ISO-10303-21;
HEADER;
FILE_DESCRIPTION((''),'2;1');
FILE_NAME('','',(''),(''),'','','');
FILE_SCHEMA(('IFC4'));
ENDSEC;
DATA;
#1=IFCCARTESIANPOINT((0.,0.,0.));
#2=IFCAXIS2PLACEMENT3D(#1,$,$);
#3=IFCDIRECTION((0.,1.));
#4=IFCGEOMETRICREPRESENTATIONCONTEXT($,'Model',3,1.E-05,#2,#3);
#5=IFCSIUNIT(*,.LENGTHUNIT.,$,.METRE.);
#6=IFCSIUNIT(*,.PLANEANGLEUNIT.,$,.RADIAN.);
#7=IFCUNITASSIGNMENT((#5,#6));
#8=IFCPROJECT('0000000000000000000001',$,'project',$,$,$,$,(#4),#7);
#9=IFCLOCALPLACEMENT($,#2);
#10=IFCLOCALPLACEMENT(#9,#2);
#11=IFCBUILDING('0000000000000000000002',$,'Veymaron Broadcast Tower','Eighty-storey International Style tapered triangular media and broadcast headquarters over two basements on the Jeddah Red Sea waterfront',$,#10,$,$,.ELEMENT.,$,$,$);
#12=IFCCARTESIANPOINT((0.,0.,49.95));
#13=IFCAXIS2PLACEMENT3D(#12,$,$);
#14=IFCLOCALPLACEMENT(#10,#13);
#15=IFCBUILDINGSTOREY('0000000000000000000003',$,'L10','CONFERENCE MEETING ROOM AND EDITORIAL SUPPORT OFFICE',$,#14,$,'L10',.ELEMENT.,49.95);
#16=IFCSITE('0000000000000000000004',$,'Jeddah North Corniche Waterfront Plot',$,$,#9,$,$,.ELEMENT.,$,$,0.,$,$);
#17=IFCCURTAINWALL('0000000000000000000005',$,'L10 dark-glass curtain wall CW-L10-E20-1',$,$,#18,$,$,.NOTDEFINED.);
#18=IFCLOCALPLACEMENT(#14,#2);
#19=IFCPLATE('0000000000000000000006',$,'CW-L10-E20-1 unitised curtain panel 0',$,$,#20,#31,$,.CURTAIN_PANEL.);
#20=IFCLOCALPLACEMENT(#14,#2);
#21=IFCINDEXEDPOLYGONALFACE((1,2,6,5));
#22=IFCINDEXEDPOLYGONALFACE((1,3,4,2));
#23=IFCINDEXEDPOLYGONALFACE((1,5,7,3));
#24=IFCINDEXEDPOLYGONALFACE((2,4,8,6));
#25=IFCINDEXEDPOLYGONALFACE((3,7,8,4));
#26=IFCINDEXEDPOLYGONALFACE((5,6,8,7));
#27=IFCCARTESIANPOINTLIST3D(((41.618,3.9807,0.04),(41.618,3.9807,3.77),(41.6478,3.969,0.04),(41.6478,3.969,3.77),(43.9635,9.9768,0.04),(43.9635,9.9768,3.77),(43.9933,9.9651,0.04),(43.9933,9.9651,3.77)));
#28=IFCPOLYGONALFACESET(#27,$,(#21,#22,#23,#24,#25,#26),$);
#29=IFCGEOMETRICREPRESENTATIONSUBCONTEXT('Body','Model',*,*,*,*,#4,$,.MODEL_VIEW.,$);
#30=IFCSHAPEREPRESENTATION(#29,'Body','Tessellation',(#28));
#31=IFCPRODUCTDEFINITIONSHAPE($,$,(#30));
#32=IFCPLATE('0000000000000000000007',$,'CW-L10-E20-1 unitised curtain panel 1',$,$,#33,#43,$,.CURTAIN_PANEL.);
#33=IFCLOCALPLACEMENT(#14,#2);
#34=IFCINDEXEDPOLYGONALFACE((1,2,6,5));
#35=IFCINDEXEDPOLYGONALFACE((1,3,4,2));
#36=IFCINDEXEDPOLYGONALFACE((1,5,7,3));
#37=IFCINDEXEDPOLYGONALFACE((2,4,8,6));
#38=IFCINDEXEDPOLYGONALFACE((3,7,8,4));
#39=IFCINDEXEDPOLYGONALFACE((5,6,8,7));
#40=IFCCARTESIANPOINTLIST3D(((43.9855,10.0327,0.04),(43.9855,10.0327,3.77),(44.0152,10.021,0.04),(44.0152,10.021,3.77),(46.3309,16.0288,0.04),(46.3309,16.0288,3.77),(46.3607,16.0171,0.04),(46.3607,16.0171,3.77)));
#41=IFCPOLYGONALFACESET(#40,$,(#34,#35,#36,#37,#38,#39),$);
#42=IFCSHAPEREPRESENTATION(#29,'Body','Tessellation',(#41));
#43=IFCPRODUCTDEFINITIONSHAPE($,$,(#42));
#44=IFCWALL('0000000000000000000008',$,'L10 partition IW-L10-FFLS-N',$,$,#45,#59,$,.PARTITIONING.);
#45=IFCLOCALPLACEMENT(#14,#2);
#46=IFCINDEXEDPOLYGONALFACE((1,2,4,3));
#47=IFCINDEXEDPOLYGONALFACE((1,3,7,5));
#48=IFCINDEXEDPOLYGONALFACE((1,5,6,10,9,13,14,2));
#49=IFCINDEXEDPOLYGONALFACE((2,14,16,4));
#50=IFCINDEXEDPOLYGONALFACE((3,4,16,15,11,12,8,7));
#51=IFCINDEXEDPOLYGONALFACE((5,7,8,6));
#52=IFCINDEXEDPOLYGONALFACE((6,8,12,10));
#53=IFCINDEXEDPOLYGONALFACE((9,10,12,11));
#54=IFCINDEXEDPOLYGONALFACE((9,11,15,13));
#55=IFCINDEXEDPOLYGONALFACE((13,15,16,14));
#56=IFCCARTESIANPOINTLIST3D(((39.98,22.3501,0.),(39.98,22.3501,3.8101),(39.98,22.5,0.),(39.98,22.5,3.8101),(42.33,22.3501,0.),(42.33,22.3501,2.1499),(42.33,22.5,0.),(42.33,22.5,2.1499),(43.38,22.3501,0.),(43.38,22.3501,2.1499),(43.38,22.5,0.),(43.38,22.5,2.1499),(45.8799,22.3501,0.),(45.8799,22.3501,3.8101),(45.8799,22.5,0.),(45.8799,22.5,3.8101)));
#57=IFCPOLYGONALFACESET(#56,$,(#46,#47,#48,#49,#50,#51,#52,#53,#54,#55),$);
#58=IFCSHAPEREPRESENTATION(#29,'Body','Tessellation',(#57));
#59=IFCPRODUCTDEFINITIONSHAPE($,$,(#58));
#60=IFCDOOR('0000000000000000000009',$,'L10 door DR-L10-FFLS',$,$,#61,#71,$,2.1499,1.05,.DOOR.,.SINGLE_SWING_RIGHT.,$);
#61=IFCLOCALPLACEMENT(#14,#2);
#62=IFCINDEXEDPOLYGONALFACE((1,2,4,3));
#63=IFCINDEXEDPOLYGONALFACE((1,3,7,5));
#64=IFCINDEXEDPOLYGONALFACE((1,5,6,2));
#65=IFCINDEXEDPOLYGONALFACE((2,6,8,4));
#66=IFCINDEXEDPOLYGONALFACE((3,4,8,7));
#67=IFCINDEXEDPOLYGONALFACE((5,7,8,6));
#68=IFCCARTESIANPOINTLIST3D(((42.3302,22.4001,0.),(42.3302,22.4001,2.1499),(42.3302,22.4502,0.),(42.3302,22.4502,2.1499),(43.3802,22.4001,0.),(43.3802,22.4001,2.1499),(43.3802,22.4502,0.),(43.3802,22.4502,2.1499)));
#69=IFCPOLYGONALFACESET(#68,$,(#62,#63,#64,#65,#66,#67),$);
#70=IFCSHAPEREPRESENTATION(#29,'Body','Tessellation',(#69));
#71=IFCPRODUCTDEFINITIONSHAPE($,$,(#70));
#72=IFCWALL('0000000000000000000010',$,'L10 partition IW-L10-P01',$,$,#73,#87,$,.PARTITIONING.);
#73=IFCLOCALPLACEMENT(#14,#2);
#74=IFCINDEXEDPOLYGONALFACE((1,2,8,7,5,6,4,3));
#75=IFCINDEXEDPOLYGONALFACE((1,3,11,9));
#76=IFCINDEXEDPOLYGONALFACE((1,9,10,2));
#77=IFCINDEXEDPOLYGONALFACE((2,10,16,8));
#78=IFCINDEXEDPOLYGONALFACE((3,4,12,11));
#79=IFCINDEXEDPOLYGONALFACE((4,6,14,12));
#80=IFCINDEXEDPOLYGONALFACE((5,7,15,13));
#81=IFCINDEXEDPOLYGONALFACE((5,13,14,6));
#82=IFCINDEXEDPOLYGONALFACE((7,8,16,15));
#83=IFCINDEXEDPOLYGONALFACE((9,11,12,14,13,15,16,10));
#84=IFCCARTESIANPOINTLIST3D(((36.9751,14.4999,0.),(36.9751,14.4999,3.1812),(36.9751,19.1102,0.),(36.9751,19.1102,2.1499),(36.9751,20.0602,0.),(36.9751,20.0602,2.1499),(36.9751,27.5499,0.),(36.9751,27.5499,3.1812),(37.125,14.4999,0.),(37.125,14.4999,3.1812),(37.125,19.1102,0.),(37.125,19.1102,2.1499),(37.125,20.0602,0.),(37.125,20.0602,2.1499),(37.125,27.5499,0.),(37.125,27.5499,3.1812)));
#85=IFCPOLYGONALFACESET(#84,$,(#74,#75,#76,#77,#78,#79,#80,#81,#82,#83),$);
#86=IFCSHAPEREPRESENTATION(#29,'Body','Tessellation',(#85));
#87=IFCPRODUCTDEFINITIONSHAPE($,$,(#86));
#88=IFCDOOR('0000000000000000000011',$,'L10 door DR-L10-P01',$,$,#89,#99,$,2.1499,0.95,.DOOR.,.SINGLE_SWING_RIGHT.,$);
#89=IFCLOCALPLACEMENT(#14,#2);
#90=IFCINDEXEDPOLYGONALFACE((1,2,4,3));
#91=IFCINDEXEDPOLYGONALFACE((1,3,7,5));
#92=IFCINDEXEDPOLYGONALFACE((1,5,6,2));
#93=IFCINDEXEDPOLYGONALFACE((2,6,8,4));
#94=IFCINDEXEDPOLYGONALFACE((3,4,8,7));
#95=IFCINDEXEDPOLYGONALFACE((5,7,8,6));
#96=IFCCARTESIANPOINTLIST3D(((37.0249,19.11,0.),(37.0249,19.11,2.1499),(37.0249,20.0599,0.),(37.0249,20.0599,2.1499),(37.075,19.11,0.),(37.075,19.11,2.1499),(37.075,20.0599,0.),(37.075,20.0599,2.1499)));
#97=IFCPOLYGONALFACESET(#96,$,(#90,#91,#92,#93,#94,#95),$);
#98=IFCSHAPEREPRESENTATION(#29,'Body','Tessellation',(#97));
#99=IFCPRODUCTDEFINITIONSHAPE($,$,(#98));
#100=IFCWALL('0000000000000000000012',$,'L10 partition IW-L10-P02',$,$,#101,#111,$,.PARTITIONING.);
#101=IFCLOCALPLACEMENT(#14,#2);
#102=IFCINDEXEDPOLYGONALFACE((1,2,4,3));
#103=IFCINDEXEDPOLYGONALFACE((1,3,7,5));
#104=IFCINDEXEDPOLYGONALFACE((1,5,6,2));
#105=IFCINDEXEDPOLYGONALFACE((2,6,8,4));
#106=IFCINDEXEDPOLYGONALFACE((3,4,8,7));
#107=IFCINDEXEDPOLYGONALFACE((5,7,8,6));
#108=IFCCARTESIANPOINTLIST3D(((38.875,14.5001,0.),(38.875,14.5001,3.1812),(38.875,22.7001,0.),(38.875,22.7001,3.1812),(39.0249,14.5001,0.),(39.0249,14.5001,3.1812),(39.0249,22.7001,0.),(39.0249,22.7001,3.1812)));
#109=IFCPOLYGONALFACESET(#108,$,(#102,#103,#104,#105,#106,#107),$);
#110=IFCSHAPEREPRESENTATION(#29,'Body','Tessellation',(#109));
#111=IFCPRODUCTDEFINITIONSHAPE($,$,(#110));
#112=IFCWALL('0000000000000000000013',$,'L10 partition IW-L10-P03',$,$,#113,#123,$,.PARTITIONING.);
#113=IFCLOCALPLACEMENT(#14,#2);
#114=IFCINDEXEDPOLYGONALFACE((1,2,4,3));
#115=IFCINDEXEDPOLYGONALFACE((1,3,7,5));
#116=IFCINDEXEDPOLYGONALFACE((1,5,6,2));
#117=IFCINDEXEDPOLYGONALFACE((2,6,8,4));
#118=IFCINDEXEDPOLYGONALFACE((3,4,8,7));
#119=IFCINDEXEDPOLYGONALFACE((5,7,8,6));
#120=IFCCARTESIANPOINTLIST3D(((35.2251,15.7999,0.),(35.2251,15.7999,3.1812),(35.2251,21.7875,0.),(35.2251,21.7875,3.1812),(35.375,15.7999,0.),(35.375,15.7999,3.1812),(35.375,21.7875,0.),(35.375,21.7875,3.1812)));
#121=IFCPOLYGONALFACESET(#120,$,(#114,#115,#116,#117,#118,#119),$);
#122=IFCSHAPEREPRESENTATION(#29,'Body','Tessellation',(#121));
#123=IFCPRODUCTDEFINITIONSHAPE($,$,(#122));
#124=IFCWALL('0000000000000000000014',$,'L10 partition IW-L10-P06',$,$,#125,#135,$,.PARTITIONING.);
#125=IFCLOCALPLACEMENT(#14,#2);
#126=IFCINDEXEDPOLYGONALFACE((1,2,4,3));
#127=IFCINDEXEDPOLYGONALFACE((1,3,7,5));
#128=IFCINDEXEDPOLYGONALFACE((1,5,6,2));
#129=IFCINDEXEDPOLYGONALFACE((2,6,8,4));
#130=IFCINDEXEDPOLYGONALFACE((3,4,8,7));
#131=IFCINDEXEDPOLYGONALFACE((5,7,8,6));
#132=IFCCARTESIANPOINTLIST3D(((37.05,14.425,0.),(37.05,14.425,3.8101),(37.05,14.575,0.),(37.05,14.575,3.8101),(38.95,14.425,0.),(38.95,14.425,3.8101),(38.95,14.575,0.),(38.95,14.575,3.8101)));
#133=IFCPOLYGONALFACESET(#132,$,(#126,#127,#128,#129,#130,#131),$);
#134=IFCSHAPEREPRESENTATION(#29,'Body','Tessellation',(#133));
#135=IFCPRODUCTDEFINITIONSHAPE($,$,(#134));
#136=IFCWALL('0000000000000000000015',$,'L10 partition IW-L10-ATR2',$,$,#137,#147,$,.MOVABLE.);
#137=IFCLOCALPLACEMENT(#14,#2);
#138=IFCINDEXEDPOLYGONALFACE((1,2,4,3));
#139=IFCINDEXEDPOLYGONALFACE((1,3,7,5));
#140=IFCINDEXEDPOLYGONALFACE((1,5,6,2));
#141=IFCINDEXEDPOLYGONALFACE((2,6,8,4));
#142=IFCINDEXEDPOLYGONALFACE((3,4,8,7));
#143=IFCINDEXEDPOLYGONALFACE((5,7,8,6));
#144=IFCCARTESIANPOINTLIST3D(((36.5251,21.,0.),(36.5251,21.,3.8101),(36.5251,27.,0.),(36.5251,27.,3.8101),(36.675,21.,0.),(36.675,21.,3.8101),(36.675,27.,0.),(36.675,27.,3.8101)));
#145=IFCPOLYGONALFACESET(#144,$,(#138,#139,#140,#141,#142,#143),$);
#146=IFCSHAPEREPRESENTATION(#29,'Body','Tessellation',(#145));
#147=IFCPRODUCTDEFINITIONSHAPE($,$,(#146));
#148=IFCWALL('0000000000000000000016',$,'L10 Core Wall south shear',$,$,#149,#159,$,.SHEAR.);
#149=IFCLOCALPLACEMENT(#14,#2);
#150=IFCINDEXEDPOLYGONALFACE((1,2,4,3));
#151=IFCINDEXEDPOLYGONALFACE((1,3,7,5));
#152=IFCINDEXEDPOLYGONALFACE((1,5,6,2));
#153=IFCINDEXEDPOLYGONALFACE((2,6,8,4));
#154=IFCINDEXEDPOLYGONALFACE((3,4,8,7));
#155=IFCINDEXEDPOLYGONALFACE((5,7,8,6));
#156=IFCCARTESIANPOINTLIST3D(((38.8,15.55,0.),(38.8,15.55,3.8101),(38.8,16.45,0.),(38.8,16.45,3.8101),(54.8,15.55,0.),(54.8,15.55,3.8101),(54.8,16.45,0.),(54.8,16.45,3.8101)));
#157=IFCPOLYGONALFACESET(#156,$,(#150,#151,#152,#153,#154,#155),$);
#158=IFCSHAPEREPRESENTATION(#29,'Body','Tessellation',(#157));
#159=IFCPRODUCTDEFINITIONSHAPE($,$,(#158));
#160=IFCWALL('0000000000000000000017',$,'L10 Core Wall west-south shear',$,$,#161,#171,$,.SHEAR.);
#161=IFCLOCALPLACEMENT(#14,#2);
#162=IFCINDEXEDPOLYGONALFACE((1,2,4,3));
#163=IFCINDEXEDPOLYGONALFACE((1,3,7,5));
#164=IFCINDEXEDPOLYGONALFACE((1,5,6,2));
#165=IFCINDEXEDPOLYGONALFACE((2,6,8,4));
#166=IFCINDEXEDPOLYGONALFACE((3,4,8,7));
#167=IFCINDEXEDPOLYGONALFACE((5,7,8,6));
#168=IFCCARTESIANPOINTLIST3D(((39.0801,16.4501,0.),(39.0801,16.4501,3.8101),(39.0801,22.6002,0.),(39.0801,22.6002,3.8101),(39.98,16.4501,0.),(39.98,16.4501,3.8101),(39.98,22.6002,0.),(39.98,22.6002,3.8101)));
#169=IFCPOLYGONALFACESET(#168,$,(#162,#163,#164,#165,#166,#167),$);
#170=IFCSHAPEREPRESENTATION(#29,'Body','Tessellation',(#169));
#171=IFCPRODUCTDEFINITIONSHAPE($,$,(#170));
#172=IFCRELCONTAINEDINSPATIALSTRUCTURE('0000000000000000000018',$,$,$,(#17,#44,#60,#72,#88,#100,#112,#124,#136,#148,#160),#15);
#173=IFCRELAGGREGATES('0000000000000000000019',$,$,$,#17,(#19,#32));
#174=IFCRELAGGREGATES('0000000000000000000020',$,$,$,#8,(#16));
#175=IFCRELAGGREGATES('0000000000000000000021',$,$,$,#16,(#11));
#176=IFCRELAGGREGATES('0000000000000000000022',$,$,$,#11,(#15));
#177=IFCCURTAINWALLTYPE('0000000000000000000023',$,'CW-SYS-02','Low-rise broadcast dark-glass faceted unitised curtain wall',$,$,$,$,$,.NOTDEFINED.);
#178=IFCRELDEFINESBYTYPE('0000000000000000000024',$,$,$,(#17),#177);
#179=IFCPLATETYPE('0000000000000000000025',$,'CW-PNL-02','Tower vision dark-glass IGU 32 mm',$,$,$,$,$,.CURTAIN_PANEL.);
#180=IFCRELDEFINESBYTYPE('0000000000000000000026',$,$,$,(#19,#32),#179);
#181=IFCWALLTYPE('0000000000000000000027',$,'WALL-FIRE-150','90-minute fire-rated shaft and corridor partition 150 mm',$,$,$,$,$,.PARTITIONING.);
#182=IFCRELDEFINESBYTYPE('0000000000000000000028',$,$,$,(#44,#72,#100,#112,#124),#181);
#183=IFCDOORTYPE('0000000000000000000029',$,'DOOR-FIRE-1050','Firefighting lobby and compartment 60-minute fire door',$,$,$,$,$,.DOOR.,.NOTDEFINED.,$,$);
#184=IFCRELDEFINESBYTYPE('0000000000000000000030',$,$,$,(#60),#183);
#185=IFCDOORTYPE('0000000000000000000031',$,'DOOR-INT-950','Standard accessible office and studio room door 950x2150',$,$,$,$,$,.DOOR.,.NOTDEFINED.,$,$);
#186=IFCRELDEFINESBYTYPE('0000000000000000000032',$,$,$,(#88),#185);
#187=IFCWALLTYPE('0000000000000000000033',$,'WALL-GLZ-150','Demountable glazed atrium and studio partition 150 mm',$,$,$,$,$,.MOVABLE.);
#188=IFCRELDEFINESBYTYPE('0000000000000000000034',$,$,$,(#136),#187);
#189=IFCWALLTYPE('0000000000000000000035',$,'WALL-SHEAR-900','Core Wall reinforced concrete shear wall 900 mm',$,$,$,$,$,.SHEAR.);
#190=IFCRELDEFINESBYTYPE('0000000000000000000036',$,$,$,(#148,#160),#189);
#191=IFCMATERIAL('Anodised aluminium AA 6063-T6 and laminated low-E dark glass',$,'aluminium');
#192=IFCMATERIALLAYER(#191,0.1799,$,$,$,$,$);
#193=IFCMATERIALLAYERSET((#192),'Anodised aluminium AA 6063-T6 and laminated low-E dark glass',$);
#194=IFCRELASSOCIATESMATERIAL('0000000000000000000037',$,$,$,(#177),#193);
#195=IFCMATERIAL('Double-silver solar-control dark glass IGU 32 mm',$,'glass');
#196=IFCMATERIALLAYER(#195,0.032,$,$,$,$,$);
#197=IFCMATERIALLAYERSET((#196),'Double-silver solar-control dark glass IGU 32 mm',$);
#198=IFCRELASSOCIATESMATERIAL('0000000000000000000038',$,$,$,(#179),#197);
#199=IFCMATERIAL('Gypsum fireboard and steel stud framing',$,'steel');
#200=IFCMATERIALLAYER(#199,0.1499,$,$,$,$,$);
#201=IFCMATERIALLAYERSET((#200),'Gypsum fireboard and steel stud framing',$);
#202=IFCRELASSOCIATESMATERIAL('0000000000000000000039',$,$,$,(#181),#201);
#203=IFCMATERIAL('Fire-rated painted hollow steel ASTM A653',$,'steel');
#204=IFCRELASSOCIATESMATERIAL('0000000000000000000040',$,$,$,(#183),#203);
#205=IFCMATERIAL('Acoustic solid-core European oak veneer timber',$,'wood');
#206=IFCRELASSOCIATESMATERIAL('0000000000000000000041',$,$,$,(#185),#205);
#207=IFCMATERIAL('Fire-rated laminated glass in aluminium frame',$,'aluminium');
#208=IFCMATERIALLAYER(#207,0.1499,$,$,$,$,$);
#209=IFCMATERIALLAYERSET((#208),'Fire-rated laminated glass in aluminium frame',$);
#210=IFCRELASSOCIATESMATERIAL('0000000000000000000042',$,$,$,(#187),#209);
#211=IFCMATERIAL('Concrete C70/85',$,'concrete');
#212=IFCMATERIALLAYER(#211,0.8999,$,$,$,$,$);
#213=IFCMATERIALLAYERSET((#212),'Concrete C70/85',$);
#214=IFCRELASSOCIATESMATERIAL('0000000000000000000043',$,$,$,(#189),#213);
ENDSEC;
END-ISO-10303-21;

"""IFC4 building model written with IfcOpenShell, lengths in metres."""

from ifc_helpers import new_model, si_unit, direction, frame, frame_2d, origin, origin_2d, place, context, subcontext, project, spatial, rectangle, extrude, material, layer, layer_set, type_object, element, fill, aggregate, save


model = new_model("IFC4")

# Units and contexts
model_context = context("Model", 3, precision=1e-05, world=origin(), true_north=direction((0.0, 1.0)))
body_context = subcontext(model_context, "Body", "Model", "MODEL_VIEW")
ifc_project = project(units=[si_unit("LENGTHUNIT", "METRE"), si_unit("PLANEANGLEUNIT", "RADIAN")], contexts=[model_context])

# Site, building, storey
site_placement = place(None, origin())
site = spatial("IfcSite", under=ifc_project, at=site_placement, Name="Jeddah North Corniche Waterfront Plot", CompositionType="ELEMENT", RefElevation=0.0)
building_placement = place(site_placement, origin())
building = spatial("IfcBuilding", under=site, at=building_placement, Name="Veymaron Broadcast Tower", Description="Eighty-storey International Style tapered triangular media and broadcast headquarters over two basements on the Jeddah Red Sea waterfront", CompositionType="ELEMENT")
storey_placement = place(building_placement, frame((0.0, 0.0, 49.95)))
storey = spatial("IfcBuildingStorey", under=building, at=storey_placement, Name="L10", Description="CONFERENCE MEETING ROOM AND EDITORIAL SUPPORT OFFICE", LongName="L10", CompositionType="ELEMENT", Elevation=49.95)

# Shared definitions
ifc_material_1 = material(Name="Concrete C70/85", Category="concrete")

# Curtain wall, plates
ifc_material_2 = material(Name="Anodised aluminium AA 6063-T6 and laminated low-E dark glass", Category="aluminium")
ifc_layer_1 = layer(ifc_material_2, 0.1799)
ifc_layer_set_1 = layer_set([ifc_layer_1], Name="Anodised aluminium AA 6063-T6 and laminated low-E dark glass")
curtain_wall_type = type_object("IfcCurtainWallType", Name="CW-SYS-02", Description="Low-rise broadcast dark-glass faceted unitised curtain wall", PredefinedType="NOTDEFINED", material=ifc_layer_set_1)
curtain_wall_placement = place(storey_placement, origin())
curtain_wall = element("IfcCurtainWall", 1, at=curtain_wall_placement, inside=storey, type_object=curtain_wall_type, Name="L10 dark-glass curtain wall CW-L10-E20-1", PredefinedType="NOTDEFINED")
ifc_material_3 = material(Name="Double-silver solar-control dark glass IGU 32 mm", Category="glass")
ifc_layer_2 = layer(ifc_material_3, 0.032)
ifc_layer_set_2 = layer_set([ifc_layer_2], Name="Double-silver solar-control dark glass IGU 32 mm")
plate_type = type_object("IfcPlateType", Name="CW-PNL-02", Description="Tower vision dark-glass IGU 32 mm", PredefinedType="CURTAIN_PANEL", material=ifc_layer_set_2)
plate_1_placement = place(storey_placement, frame((42.8057, 6.9729, 0.04), z_axis=(0.0, 0.0, 1.0), x_axis=(0.364292, 0.931285, 0.0)))
plate_1 = element("IfcPlate", 2, at=plate_1_placement, type_object=plate_type, Name="CW-L10-E20-1 unitised curtain panel 0", PredefinedType="CURTAIN_PANEL", context=body_context, shape_type="SweptSolid", body=[
    extrude(rectangle(XDim=6.4385, YDim=0.032, at=origin_2d()), origin(), (0.0, 0.0, 1.0), 3.73),
])
plate_2_placement = place(storey_placement, frame((45.1731, 13.0249, 0.04), z_axis=(0.0, 0.0, 1.0), x_axis=(0.364292, 0.931285, 0.0)))
plate_2 = element("IfcPlate", 3, at=plate_2_placement, type_object=plate_type, Name="CW-L10-E20-1 unitised curtain panel 1", PredefinedType="CURTAIN_PANEL", context=body_context, shape_type="SweptSolid", body=[
    extrude(rectangle(XDim=6.4385, YDim=0.032, at=origin_2d()), origin(), (0.0, 0.0, 1.0), 3.73),
])
aggregate(curtain_wall, [plate_1, plate_2])

# Walls, openings, doors
ifc_material_4 = material(Name="Gypsum fireboard and steel stud framing", Category="steel")
ifc_layer_3 = layer(ifc_material_4, 0.1499)
ifc_layer_set_3 = layer_set([ifc_layer_3], Name="Gypsum fireboard and steel stud framing")
wall_type_1 = type_object("IfcWallType", Name="WALL-FIRE-150", Description="90-minute fire-rated shaft and corridor partition 150 mm", PredefinedType="PARTITIONING", material=ifc_layer_set_3)
wall_1_placement = place(storey_placement, frame((39.98, 22.425, 0.0), z_axis=(0.0, 0.0, 1.0), x_axis=(1.0, 0.0, 0.0)))
wall_1 = element("IfcWall", 4, at=wall_1_placement, inside=storey, type_object=wall_type_1, Name="L10 partition IW-L10-FFLS-N", PredefinedType="PARTITIONING", context=body_context, shape_type="SweptSolid", body=[
    extrude(rectangle(XDim=5.8999, YDim=0.1499, at=frame_2d((2.95, 0.0))), origin(), (0.0, 0.0, 1.0), 3.8101),
])
opening_1_placement = place(wall_1_placement, frame((2.3501, 0.0, 0.0)))
opening_1 = element("IfcOpeningElement", 5, at=opening_1_placement, cuts=wall_1, PredefinedType="OPENING", context=body_context, shape_type="SweptSolid", body=[
    extrude(rectangle(XDim=1.05, YDim=2.1499, at=frame_2d((0.5249, 1.075))), frame((0.0, 0.085, 0.0), z_axis=(0.0, -1.0, 0.0), x_axis=(1.0, 0.0, 0.0)), (0.0, 0.0, 1.0), 0.1699),
])
ifc_material_5 = material(Name="Fire-rated painted hollow steel ASTM A653", Category="steel")
door_type_1 = type_object("IfcDoorType", Name="DOOR-FIRE-1050", Description="Firefighting lobby and compartment 60-minute fire door", OperationType="NOTDEFINED", PredefinedType="DOOR", material=ifc_material_5)
door_1_placement = place(opening_1_placement, frame((1.05, 0.0, 0.0), z_axis=(0.0, 0.0, 1.0), x_axis=(-1.0, 0.0, 0.0)))
door_1 = element("IfcDoor", 6, at=door_1_placement, inside=storey, type_object=door_type_1, Name="L10 door DR-L10-FFLS", OperationType="SINGLE_SWING_RIGHT", OverallHeight=2.1499, OverallWidth=1.05, PredefinedType="DOOR", context=body_context, shape_type="SweptSolid", body=[
    extrude(rectangle(XDim=1.05, YDim=2.1499, at=frame_2d((0.5249, 1.075))), frame((0.0, 0.0249, 0.0), z_axis=(0.0, -1.0, 0.0), x_axis=(1.0, 0.0, 0.0)), (0.0, 0.0, 1.0), 0.05),
])
fill(opening_1, door_1)
wall_2_placement = place(storey_placement, frame((37.05, 14.5, 0.0), z_axis=(0.0, 0.0, 1.0), x_axis=(0.0, 1.0, 0.0)))
wall_2 = element("IfcWall", 7, at=wall_2_placement, inside=storey, type_object=wall_type_1, Name="L10 partition IW-L10-P01", PredefinedType="PARTITIONING", context=body_context, shape_type="SweptSolid", body=[
    extrude(rectangle(XDim=13.05, YDim=0.1499, at=frame_2d((6.5249, 0.0))), origin(), (0.0, 0.0, 1.0), 3.1812),
])
opening_2_placement = place(wall_2_placement, frame((4.6101, 0.0, 0.0)))
opening_2 = element("IfcOpeningElement", 8, at=opening_2_placement, cuts=wall_2, PredefinedType="OPENING", context=body_context, shape_type="SweptSolid", body=[
    extrude(rectangle(XDim=0.95, YDim=2.1499, at=frame_2d((0.4751, 1.075))), frame((0.0, 0.085, 0.0), z_axis=(0.0, -1.0, 0.0), x_axis=(1.0, 0.0, 0.0)), (0.0, 0.0, 1.0), 0.1699),
])
ifc_material_6 = material(Name="Acoustic solid-core European oak veneer timber", Category="wood")
door_type_2 = type_object("IfcDoorType", Name="DOOR-INT-950", Description="Standard accessible office and studio room door 950x2150", OperationType="NOTDEFINED", PredefinedType="DOOR", material=ifc_material_6)
door_2_placement = place(opening_2_placement, frame((0.95, 0.0, 0.0), z_axis=(0.0, 0.0, 1.0), x_axis=(-1.0, 0.0, 0.0)))
door_2 = element("IfcDoor", 9, at=door_2_placement, inside=storey, type_object=door_type_2, Name="L10 door DR-L10-P01", OperationType="SINGLE_SWING_RIGHT", OverallHeight=2.1499, OverallWidth=0.95, PredefinedType="DOOR", context=body_context, shape_type="SweptSolid", body=[
    extrude(rectangle(XDim=0.95, YDim=2.1499, at=frame_2d((0.4751, 1.075))), frame((0.0, 0.0249, 0.0), z_axis=(0.0, -1.0, 0.0), x_axis=(1.0, 0.0, 0.0)), (0.0, 0.0, 1.0), 0.05),
])
fill(opening_2, door_2)

# Walls
wall_3_placement = place(storey_placement, frame((38.95, 14.5, 0.0), z_axis=(0.0, 0.0, 1.0), x_axis=(0.0, 1.0, 0.0)))
element("IfcWall", 10, at=wall_3_placement, inside=storey, type_object=wall_type_1, Name="L10 partition IW-L10-P02", PredefinedType="PARTITIONING", context=body_context, shape_type="SweptSolid", body=[
    extrude(rectangle(XDim=8.2, YDim=0.1499, at=frame_2d((4.1001, 0.0))), origin(), (0.0, 0.0, 1.0), 3.1812),
])
wall_4_placement = place(storey_placement, frame((35.3, 15.8, 0.0), z_axis=(0.0, 0.0, 1.0), x_axis=(0.0, 1.0, 0.0)))
element("IfcWall", 11, at=wall_4_placement, inside=storey, type_object=wall_type_1, Name="L10 partition IW-L10-P03", PredefinedType="PARTITIONING", context=body_context, shape_type="SweptSolid", body=[
    extrude(rectangle(XDim=5.9875, YDim=0.1499, at=frame_2d((2.9937, 0.0))), origin(), (0.0, 0.0, 1.0), 3.1812),
])
wall_5_placement = place(storey_placement, frame((37.05, 14.5, 0.0), z_axis=(0.0, 0.0, 1.0), x_axis=(1.0, 0.0, 0.0)))
element("IfcWall", 12, at=wall_5_placement, inside=storey, type_object=wall_type_1, Name="L10 partition IW-L10-P06", PredefinedType="PARTITIONING", context=body_context, shape_type="SweptSolid", body=[
    extrude(rectangle(XDim=1.8999, YDim=0.1499, at=frame_2d((0.95, 0.0))), origin(), (0.0, 0.0, 1.0), 3.8101),
])
ifc_material_7 = material(Name="Fire-rated laminated glass in aluminium frame", Category="aluminium")
ifc_layer_4 = layer(ifc_material_7, 0.1499)
ifc_layer_set_4 = layer_set([ifc_layer_4], Name="Fire-rated laminated glass in aluminium frame")
wall_type_2 = type_object("IfcWallType", Name="WALL-GLZ-150", Description="Demountable glazed atrium and studio partition 150 mm", PredefinedType="MOVABLE", material=ifc_layer_set_4)
wall_6_placement = place(storey_placement, frame((36.6001, 21.0, 0.0), z_axis=(0.0, 0.0, 1.0), x_axis=(0.0, 1.0, 0.0)))
element("IfcWall", 13, at=wall_6_placement, inside=storey, type_object=wall_type_2, Name="L10 partition IW-L10-ATR2", PredefinedType="MOVABLE", context=body_context, shape_type="SweptSolid", body=[
    extrude(rectangle(XDim=6.0, YDim=0.1499, at=frame_2d((3.0, 0.0))), origin(), (0.0, 0.0, 1.0), 3.8101),
])

# Walls
ifc_layer_5 = layer(ifc_material_1, 0.8999)
ifc_layer_set_5 = layer_set([ifc_layer_5], Name="Concrete C70/85")
wall_type_3 = type_object("IfcWallType", Name="WALL-SHEAR-900", Description="Core Wall reinforced concrete shear wall 900 mm", PredefinedType="SHEAR", material=ifc_layer_set_5)
wall_7_placement = place(storey_placement, frame((38.8, 16.0, 0.0), z_axis=(0.0, 0.0, 1.0), x_axis=(1.0, 0.0, 0.0)))
element("IfcWall", 14, at=wall_7_placement, inside=storey, type_object=wall_type_3, Name="L10 Core Wall south shear", PredefinedType="SHEAR", context=body_context, shape_type="SweptSolid", body=[
    extrude(rectangle(XDim=16.0, YDim=0.8999, at=frame_2d((8.0, 0.0))), origin(), (0.0, 0.0, 1.0), 3.8101),
])
wall_8_placement = place(storey_placement, frame((39.53, 16.45, 0.0), z_axis=(0.0, 0.0, 1.0), x_axis=(0.0, 1.0, 0.0)))
element("IfcWall", 15, at=wall_8_placement, inside=storey, type_object=wall_type_3, Name="L10 Core Wall west-south shear", PredefinedType="SHEAR", context=body_context, shape_type="SweptSolid", body=[
    extrude(rectangle(XDim=6.1501, YDim=0.8999, at=frame_2d((3.0752, 0.0))), origin(), (0.0, 0.0, 1.0), 3.8101),
])

save(model, "model.ifc")
